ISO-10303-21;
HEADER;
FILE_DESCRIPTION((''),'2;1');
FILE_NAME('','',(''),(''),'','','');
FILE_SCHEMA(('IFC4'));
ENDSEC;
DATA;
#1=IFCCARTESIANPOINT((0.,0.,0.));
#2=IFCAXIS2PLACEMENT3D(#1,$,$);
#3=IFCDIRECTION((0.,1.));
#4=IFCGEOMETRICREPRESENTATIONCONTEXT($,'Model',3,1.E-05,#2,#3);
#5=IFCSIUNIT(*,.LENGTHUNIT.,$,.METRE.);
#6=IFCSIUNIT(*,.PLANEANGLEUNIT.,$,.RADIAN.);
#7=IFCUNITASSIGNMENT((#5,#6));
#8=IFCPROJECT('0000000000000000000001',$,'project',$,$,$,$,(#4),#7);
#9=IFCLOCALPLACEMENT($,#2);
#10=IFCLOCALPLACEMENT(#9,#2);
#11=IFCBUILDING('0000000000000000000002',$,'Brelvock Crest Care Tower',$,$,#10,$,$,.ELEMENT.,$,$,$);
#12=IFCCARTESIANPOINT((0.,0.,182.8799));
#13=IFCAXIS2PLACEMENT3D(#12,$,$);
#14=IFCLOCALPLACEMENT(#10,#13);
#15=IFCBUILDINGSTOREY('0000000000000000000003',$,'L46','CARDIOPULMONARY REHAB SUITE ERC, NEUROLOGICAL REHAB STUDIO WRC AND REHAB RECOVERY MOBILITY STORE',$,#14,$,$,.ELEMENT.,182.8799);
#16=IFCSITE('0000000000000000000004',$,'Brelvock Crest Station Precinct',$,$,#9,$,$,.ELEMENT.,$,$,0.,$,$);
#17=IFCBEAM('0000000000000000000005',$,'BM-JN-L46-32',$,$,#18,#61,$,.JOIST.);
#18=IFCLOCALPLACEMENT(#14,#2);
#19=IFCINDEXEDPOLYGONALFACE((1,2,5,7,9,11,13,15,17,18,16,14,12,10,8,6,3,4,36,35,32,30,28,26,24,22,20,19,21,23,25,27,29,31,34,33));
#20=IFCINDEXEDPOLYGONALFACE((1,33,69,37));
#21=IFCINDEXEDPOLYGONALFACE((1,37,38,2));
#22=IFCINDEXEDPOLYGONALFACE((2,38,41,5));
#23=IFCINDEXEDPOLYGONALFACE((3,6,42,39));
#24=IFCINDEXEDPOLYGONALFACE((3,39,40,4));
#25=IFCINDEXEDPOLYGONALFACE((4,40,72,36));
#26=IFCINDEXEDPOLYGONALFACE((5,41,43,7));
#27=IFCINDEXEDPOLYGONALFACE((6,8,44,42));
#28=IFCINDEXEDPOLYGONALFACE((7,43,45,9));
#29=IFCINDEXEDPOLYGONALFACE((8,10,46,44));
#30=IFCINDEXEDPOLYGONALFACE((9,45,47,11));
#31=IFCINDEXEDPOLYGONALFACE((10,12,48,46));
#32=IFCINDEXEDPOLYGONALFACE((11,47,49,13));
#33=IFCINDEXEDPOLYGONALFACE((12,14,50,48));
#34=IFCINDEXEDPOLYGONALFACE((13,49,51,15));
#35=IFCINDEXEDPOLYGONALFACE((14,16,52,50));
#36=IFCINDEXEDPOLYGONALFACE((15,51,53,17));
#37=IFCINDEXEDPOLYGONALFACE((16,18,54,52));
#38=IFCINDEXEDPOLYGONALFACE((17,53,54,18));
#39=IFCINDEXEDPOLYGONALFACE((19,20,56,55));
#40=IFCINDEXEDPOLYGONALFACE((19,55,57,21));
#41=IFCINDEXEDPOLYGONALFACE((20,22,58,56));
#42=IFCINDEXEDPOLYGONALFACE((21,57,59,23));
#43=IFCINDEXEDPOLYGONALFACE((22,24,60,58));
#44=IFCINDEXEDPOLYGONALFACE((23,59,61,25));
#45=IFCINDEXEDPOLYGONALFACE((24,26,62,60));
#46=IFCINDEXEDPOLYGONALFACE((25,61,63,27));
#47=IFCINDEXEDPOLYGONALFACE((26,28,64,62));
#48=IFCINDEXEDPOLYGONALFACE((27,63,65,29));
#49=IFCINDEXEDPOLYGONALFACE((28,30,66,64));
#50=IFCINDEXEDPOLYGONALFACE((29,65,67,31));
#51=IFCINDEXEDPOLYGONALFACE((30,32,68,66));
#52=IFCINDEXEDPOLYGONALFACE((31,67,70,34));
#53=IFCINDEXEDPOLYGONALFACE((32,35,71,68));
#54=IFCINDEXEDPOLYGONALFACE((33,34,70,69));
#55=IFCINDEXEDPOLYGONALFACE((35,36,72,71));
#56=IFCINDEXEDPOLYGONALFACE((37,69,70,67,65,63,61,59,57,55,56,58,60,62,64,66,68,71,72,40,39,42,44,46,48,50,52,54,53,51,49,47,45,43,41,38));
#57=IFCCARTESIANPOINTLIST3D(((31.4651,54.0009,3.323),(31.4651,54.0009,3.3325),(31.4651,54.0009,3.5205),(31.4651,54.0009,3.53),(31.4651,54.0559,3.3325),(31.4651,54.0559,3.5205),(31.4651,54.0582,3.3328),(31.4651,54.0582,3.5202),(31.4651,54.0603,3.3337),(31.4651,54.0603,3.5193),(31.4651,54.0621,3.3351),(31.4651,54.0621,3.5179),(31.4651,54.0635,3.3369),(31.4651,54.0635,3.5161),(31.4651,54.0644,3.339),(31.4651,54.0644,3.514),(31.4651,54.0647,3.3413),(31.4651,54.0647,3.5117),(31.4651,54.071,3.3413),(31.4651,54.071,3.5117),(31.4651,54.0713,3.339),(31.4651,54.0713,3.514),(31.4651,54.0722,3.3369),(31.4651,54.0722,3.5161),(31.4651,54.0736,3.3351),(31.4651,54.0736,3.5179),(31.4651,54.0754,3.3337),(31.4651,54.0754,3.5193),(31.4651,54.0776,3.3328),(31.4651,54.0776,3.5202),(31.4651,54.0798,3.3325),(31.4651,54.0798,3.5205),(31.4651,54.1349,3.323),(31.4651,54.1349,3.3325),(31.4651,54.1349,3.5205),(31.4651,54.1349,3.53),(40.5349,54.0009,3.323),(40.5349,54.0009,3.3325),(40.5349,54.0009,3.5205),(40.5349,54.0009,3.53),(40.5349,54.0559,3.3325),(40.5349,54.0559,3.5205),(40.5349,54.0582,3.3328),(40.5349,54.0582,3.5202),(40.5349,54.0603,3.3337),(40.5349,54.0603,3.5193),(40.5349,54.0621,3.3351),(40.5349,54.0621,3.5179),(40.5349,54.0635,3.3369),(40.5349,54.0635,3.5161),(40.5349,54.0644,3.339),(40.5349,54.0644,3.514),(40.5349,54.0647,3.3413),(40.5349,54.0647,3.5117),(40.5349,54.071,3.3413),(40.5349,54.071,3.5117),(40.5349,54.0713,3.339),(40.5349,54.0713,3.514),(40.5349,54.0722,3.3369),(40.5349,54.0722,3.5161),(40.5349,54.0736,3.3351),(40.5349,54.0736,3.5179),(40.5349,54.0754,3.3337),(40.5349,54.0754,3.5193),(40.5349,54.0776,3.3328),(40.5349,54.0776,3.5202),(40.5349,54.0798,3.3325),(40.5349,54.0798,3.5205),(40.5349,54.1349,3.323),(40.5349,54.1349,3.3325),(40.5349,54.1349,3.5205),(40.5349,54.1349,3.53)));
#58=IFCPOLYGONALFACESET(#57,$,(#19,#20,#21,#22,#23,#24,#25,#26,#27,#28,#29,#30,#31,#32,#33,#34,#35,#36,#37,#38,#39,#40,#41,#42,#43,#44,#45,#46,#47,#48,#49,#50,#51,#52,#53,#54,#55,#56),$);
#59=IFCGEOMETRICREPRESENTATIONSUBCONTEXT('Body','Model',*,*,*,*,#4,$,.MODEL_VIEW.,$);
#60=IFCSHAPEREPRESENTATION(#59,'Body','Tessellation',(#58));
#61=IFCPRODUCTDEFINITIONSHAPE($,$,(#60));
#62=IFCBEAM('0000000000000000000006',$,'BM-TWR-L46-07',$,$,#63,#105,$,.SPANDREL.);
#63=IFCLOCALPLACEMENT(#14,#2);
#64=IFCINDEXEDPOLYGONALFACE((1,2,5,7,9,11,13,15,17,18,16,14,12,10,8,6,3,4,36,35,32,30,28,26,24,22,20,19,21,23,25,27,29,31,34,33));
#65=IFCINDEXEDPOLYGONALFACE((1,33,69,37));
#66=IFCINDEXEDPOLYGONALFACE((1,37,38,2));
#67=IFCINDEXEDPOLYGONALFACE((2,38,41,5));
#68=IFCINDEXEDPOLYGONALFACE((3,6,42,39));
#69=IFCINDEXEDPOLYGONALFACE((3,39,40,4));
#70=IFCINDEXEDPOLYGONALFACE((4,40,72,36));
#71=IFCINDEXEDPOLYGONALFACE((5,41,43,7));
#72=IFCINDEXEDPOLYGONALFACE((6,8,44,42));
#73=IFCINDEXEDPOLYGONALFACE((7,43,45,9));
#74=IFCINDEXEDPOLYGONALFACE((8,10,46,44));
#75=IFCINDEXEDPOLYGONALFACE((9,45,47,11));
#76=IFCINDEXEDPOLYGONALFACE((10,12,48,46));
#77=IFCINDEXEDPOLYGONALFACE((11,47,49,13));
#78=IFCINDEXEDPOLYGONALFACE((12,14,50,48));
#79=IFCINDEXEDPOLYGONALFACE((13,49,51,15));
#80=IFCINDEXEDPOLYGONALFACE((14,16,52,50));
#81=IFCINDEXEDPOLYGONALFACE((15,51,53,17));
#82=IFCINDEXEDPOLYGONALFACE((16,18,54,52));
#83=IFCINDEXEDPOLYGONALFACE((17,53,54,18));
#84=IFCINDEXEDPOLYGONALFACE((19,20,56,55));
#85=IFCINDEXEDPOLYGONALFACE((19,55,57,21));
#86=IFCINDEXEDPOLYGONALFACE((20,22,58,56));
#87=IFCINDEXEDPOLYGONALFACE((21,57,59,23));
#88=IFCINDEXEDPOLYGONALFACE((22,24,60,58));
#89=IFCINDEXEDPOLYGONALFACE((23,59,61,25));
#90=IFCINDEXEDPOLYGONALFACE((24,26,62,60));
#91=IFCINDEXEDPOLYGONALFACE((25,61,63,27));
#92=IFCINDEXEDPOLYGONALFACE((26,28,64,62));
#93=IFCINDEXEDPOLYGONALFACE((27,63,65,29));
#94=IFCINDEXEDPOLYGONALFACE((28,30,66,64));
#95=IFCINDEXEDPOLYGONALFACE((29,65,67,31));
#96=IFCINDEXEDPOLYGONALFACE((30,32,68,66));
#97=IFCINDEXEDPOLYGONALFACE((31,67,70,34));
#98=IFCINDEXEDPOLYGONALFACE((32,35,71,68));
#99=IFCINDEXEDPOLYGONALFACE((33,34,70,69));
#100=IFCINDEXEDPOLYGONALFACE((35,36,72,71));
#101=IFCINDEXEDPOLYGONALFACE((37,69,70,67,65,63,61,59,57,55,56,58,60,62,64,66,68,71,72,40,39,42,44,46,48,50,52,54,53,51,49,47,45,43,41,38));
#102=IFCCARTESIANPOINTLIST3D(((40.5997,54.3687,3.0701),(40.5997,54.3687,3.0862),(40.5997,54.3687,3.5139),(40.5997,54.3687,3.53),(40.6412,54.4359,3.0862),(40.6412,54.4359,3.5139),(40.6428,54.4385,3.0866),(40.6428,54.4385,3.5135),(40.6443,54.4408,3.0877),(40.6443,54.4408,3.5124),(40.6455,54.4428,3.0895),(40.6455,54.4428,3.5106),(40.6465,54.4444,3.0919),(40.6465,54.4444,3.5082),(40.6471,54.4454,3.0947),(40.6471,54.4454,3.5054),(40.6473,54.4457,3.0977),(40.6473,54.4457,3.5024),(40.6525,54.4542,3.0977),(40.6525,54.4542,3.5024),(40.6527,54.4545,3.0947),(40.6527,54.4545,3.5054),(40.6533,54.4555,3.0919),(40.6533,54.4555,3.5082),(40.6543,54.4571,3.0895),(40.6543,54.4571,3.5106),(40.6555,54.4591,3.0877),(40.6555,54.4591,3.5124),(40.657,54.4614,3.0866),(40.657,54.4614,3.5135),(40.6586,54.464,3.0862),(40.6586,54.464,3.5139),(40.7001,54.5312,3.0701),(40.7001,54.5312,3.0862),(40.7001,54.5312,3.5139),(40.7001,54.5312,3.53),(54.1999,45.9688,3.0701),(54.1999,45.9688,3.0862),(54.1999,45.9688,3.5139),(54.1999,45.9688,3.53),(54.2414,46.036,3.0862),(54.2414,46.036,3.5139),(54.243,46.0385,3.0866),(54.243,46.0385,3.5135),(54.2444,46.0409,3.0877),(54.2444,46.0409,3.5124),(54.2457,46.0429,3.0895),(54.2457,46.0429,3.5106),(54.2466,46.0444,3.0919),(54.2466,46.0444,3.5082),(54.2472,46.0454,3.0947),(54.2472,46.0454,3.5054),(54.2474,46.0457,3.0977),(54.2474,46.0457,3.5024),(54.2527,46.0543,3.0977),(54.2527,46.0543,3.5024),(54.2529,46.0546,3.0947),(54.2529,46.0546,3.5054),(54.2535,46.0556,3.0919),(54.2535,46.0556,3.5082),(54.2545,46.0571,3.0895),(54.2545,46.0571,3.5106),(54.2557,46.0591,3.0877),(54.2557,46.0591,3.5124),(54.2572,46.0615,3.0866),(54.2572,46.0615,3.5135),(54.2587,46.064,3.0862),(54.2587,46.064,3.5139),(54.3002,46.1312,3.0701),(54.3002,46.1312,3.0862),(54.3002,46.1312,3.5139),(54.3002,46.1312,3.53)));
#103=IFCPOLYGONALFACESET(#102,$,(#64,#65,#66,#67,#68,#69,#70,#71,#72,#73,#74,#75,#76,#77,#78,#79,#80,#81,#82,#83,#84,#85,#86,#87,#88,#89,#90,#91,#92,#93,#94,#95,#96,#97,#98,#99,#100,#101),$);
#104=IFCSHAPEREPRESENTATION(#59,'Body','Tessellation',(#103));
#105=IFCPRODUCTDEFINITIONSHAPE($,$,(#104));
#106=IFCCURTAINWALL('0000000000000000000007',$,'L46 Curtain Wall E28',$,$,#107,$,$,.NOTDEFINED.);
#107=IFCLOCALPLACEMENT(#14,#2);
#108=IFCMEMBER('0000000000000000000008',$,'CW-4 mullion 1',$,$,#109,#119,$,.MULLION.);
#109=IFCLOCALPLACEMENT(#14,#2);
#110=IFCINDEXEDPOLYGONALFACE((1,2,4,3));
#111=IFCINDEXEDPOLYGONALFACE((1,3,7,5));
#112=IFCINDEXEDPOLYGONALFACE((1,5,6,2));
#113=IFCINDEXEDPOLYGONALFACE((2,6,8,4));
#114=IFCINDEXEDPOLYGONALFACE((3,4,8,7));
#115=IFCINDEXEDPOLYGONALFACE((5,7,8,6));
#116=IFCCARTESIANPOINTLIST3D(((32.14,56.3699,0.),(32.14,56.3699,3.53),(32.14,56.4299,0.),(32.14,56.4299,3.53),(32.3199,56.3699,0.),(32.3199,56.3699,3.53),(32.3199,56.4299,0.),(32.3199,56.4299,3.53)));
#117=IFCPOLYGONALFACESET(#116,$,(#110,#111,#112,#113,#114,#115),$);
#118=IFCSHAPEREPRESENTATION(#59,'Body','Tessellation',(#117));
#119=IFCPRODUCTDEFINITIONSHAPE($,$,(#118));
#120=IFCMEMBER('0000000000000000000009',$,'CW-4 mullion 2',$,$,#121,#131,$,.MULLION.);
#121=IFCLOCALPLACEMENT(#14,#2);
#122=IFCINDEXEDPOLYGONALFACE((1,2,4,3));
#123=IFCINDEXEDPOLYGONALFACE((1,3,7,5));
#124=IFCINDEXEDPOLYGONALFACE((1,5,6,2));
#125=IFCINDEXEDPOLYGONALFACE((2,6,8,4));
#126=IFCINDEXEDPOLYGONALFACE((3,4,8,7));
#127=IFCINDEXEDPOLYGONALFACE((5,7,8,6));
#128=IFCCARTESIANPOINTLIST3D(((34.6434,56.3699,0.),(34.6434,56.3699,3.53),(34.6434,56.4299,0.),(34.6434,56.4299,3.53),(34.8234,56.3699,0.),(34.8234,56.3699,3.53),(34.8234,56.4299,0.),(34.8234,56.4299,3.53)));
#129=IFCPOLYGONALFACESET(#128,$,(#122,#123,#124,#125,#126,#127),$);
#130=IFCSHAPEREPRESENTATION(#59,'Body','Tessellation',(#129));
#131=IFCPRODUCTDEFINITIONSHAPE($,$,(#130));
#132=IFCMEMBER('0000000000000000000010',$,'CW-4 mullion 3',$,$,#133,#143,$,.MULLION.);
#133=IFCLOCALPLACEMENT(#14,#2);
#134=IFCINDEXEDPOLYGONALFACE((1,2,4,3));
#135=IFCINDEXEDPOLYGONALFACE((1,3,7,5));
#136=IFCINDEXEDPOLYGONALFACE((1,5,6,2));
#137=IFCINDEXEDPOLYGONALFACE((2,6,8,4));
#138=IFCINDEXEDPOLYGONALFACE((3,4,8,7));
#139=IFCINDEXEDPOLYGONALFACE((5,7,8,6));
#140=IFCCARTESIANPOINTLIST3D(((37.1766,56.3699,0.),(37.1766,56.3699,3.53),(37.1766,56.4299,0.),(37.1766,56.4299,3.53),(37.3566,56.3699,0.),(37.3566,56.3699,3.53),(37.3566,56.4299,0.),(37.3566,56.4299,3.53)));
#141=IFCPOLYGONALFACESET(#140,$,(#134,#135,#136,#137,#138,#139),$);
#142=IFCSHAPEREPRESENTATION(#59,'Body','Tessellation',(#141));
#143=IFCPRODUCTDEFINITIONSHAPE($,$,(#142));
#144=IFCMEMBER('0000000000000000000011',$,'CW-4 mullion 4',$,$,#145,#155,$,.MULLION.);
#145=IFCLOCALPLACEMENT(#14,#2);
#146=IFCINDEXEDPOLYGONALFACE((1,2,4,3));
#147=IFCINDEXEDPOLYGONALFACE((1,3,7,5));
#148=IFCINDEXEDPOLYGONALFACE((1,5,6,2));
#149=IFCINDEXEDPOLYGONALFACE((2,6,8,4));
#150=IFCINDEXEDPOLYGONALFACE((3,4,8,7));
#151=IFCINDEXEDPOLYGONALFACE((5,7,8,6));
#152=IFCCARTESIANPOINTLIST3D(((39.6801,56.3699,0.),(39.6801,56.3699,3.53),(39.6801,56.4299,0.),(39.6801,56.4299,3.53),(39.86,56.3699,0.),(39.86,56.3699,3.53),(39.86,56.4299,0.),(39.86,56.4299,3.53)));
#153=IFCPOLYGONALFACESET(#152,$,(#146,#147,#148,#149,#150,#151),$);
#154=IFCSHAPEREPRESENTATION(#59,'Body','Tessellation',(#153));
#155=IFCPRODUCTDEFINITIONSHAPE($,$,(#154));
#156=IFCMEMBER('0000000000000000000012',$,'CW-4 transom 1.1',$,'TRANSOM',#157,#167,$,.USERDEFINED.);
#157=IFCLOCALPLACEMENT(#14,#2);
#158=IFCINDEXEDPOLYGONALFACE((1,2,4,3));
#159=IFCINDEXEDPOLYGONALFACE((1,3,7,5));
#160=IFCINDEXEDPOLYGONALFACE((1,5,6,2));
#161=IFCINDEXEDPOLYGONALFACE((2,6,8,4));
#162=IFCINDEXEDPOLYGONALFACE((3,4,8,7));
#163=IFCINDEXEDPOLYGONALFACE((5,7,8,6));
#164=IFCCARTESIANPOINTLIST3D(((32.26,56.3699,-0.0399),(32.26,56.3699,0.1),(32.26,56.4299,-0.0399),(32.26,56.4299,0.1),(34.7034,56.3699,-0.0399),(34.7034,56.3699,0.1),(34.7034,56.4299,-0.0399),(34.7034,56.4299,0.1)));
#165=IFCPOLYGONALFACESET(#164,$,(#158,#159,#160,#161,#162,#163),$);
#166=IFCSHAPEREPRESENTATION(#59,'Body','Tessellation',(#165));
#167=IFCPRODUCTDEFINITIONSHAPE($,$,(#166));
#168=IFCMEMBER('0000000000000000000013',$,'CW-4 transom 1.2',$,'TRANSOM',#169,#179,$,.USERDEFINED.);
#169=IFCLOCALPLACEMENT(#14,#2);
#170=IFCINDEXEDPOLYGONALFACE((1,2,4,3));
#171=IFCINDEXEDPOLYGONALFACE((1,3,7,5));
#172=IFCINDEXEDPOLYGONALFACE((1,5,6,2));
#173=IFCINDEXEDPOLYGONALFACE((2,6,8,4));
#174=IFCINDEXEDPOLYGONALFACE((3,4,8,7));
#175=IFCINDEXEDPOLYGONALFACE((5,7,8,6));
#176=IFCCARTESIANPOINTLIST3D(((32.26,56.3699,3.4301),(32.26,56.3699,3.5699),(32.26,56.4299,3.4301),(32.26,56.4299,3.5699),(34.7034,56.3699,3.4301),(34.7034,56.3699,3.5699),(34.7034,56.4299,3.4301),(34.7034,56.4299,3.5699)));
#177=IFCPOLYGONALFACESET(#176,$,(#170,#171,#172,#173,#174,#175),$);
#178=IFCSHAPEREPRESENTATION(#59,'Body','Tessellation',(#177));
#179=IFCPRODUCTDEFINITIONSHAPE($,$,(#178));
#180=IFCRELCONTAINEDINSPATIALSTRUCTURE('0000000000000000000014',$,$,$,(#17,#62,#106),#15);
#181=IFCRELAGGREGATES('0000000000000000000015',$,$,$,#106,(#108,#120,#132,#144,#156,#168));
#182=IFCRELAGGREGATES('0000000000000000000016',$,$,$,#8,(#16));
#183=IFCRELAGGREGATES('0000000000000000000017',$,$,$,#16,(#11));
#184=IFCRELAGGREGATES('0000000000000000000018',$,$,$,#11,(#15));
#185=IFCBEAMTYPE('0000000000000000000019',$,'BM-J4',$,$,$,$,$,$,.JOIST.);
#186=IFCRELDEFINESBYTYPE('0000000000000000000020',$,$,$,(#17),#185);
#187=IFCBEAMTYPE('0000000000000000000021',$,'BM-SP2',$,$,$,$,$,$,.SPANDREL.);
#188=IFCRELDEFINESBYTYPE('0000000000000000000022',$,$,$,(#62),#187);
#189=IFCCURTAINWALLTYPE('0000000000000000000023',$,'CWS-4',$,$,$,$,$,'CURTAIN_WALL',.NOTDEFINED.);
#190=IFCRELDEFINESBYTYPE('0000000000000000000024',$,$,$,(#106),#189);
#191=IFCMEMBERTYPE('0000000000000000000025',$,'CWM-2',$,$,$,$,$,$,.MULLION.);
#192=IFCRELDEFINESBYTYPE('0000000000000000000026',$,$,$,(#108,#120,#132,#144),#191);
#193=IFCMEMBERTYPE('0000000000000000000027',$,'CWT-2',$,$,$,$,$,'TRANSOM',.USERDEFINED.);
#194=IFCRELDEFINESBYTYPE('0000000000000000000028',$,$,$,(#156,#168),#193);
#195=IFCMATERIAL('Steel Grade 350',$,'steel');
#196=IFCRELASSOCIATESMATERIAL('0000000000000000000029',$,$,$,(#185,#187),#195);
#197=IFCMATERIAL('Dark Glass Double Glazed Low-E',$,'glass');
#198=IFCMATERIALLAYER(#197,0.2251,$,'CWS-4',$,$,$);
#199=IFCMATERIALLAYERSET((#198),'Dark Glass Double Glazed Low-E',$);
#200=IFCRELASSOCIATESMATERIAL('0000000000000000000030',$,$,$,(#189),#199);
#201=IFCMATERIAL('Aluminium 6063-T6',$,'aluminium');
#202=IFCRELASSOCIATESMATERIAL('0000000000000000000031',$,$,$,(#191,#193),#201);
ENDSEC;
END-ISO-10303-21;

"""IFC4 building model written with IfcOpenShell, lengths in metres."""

from ifc_helpers import new_model, si_unit, direction, frame, origin, origin_2d, place, context, subcontext, project, spatial, rectangle, i_section, extrude, source, transform, mapped, material, layer, layer_set, material_profile, profile_set, type_object, element, aggregate, save


model = new_model("IFC4")

# Units and contexts
model_context = context("Model", 3, precision=1e-05, world=origin(), true_north=direction((0.0, 1.0)))
body_context = subcontext(model_context, "Body", "Model", "MODEL_VIEW")
ifc_project = project(units=[si_unit("LENGTHUNIT", "METRE"), si_unit("PLANEANGLEUNIT", "RADIAN")], contexts=[model_context])

# Site, building, storey
site_placement = place(None, origin())
site = spatial("IfcSite", under=ifc_project, at=site_placement, Name="Brelvock Crest Station Precinct", CompositionType="ELEMENT", RefElevation=0.0)
building_placement = place(site_placement, origin())
building = spatial("IfcBuilding", under=site, at=building_placement, Name="Brelvock Crest Care Tower", CompositionType="ELEMENT")
storey_placement = place(building_placement, frame((0.0, 0.0, 182.8799)))
storey = spatial("IfcBuildingStorey", under=building, at=storey_placement, Name="L46", Description="CARDIOPULMONARY REHAB SUITE ERC, NEUROLOGICAL REHAB STUDIO WRC AND REHAB RECOVERY MOBILITY STORE", CompositionType="ELEMENT", Elevation=182.8799)

# Shared definitions
ifc_material_1 = material(Name="Steel Grade 350", Category="steel")

# Beams
ifc_material_profile_1 = material_profile(ifc_material_1, i_section(OverallWidth=0.134, OverallDepth=0.207, WebThickness=0.0063, FlangeThickness=0.0095, FilletRadius=0.0088, at=origin_2d()), Name="200UB29.8")
ifc_profile_set_1 = profile_set([ifc_material_profile_1], Name="Steel Grade 350")
beam_type_1 = type_object("IfcBeamType", Name="BM-J4", PredefinedType="JOIST", material=ifc_profile_set_1)
shared_shape_1 = source(origin(), body_context, "Body", "SweptSolid", [
    extrude(i_section(OverallWidth=0.134, OverallDepth=0.207, WebThickness=0.0063, FlangeThickness=0.0095, FilletRadius=0.0088, at=origin_2d()), origin(), (0.0, 0.0, 1.0), 9.0698),
])
for number, where, z_axis, x_axis, name in (
    (1, (31.4651, 54.0679, 3.4265), (1.0, 0.0, 0.0), (0.0, 1.0, 0.0), "BM-JN-L46-32"),
):
    element("IfcBeam", number, at=place(storey_placement, frame(where, z_axis=z_axis, x_axis=x_axis)), inside=storey, type_object=beam_type_1, Name=name, PredefinedType="JOIST", context=body_context, shape_type="MappedRepresentation", body=[
        mapped(shared_shape_1, transform((0.0, 0.0, 0.0), x_axis=(1.0, 0.0, 0.0), y_axis=(0.0, 1.0, 0.0), z_axis=(0.0, 0.0, 1.0), scale=1.0)),
    ])
ifc_material_profile_2 = material_profile(ifc_material_1, i_section(OverallWidth=0.1909, OverallDepth=0.46, WebThickness=0.01, FlangeThickness=0.0161, FilletRadius=0.0115, at=origin_2d()), Name="460UB82.1")
ifc_profile_set_2 = profile_set([ifc_material_profile_2], Name="Steel Grade 350")
beam_type_2 = type_object("IfcBeamType", Name="BM-SP2", PredefinedType="SPANDREL", material=ifc_profile_set_2)
shared_shape_2 = source(origin(), body_context, "Body", "SweptSolid", [
    extrude(i_section(OverallWidth=0.1909, OverallDepth=0.46, WebThickness=0.01, FlangeThickness=0.0161, FilletRadius=0.0115, at=origin_2d()), origin(), (0.0, 0.0, 1.0), 15.9851),
])
beam_placement = place(storey_placement, frame((40.6499, 54.45, 3.3), z_axis=(0.850802, -0.525486, 0.0), x_axis=(0.525486, 0.850802, 0.0)))
element("IfcBeam", 2, at=beam_placement, inside=storey, type_object=beam_type_2, Name="BM-TWR-L46-07", PredefinedType="SPANDREL", context=body_context, shape_type="MappedRepresentation", body=[
    mapped(shared_shape_2, transform((0.0, 0.0, 0.0), x_axis=(1.0, 0.0, 0.0), y_axis=(0.0, 1.0, 0.0), z_axis=(0.0, 0.0, 1.0), scale=1.0)),
])

# Curtain wall, members
ifc_material_2 = material(Name="Dark Glass Double Glazed Low-E", Category="glass")
ifc_layer_1 = layer(ifc_material_2, 0.2251, Name="CWS-4")
ifc_layer_set_1 = layer_set([ifc_layer_1], Name="Dark Glass Double Glazed Low-E")
curtain_wall_type = type_object("IfcCurtainWallType", Name="CWS-4", ElementType="CURTAIN_WALL", PredefinedType="NOTDEFINED", material=ifc_layer_set_1)
curtain_wall_placement = place(storey_placement, origin())
curtain_wall = element("IfcCurtainWall", 3, at=curtain_wall_placement, inside=storey, type_object=curtain_wall_type, Name="L46 Curtain Wall E28", PredefinedType="NOTDEFINED")
ifc_material_3 = material(Name="Aluminium 6063-T6", Category="aluminium")
ifc_material_profile_3 = material_profile(ifc_material_3, rectangle(XDim=0.0601, YDim=0.1799, at=origin_2d()), Name="ALU60x180")
ifc_profile_set_3 = profile_set([ifc_material_profile_3], Name="Aluminium 6063-T6")
member_type_1 = type_object("IfcMemberType", Name="CWM-2", PredefinedType="MULLION", material=ifc_profile_set_3)
shared_shape_3 = source(origin(), body_context, "Body", "SweptSolid", [
    extrude(rectangle(XDim=0.0601, YDim=0.1799, at=origin_2d()), origin(), (0.0, 0.0, 1.0), 3.53),
])
member_1_placement = place(storey_placement, frame((32.23, 56.3999, 0.0), z_axis=(0.0, 0.0, 1.0), x_axis=(0.0, 1.0, 0.0)))
member_1 = element("IfcMember", 4, at=member_1_placement, type_object=member_type_1, Name="CW-4 mullion 1", PredefinedType="MULLION", context=body_context, shape_type="MappedRepresentation", body=[
    mapped(shared_shape_3, transform((0.0, 0.0, 0.0), x_axis=(1.0, 0.0, 0.0), y_axis=(0.0, 1.0, 0.0), z_axis=(0.0, 0.0, 1.0), scale=1.0)),
])
member_2_placement = place(storey_placement, frame((34.7334, 56.3999, 0.0), z_axis=(0.0, 0.0, 1.0), x_axis=(0.0, 1.0, 0.0)))
member_2 = element("IfcMember", 5, at=member_2_placement, type_object=member_type_1, Name="CW-4 mullion 2", PredefinedType="MULLION", context=body_context, shape_type="MappedRepresentation", body=[
    mapped(shared_shape_3, transform((0.0, 0.0, 0.0), x_axis=(1.0, 0.0, 0.0), y_axis=(0.0, 1.0, 0.0), z_axis=(0.0, 0.0, 1.0), scale=1.0)),
])
member_3_placement = place(storey_placement, frame((37.2666, 56.3999, 0.0), z_axis=(0.0, 0.0, 1.0), x_axis=(0.0, 1.0, 0.0)))
member_3 = element("IfcMember", 6, at=member_3_placement, type_object=member_type_1, Name="CW-4 mullion 3", PredefinedType="MULLION", context=body_context, shape_type="MappedRepresentation", body=[
    mapped(shared_shape_3, transform((0.0, 0.0, 0.0), x_axis=(1.0, 0.0, 0.0), y_axis=(0.0, 1.0, 0.0), z_axis=(0.0, 0.0, 1.0), scale=1.0)),
])
member_4_placement = place(storey_placement, frame((39.77, 56.3999, 0.0), z_axis=(0.0, 0.0, 1.0), x_axis=(0.0, 1.0, 0.0)))
member_4 = element("IfcMember", 7, at=member_4_placement, type_object=member_type_1, Name="CW-4 mullion 4", PredefinedType="MULLION", context=body_context, shape_type="MappedRepresentation", body=[
    mapped(shared_shape_3, transform((0.0, 0.0, 0.0), x_axis=(1.0, 0.0, 0.0), y_axis=(0.0, 1.0, 0.0), z_axis=(0.0, 0.0, 1.0), scale=1.0)),
])
ifc_material_profile_4 = material_profile(ifc_material_3, rectangle(XDim=0.0601, YDim=0.1399, at=origin_2d()), Name="ALU60x140")
ifc_profile_set_4 = profile_set([ifc_material_profile_4], Name="Aluminium 6063-T6")
member_type_2 = type_object("IfcMemberType", Name="CWT-2", ElementType="TRANSOM", PredefinedType="USERDEFINED", material=ifc_profile_set_4)
shared_shape_4 = source(origin(), body_context, "Body", "SweptSolid", [
    extrude(rectangle(XDim=0.0601, YDim=0.1399, at=origin_2d()), origin(), (0.0, 0.0, 1.0), 2.4434),
])
member_5_placement = place(storey_placement, frame((32.26, 56.3999, 0.03), z_axis=(1.0, 0.0, 0.0), x_axis=(0.0, 1.0, 0.0)))
member_5 = element("IfcMember", 8, at=member_5_placement, type_object=member_type_2, Name="CW-4 transom 1.1", ObjectType="TRANSOM", PredefinedType="USERDEFINED", context=body_context, shape_type="MappedRepresentation", body=[
    mapped(shared_shape_4, transform((0.0, 0.0, 0.0), x_axis=(1.0, 0.0, 0.0), y_axis=(0.0, 1.0, 0.0), z_axis=(0.0, 0.0, 1.0), scale=1.0)),
])
member_6_placement = place(storey_placement, frame((32.26, 56.3999, 3.5), z_axis=(1.0, 0.0, 0.0), x_axis=(0.0, 1.0, 0.0)))
member_6 = element("IfcMember", 9, at=member_6_placement, type_object=member_type_2, Name="CW-4 transom 1.2", ObjectType="TRANSOM", PredefinedType="USERDEFINED", context=body_context, shape_type="MappedRepresentation", body=[
    mapped(shared_shape_4, transform((0.0, 0.0, 0.0), x_axis=(1.0, 0.0, 0.0), y_axis=(0.0, 1.0, 0.0), z_axis=(0.0, 0.0, 1.0), scale=1.0)),
])
aggregate(curtain_wall, [member_1, member_2, member_3, member_4, member_5, member_6])

save(model, "model.ifc")
